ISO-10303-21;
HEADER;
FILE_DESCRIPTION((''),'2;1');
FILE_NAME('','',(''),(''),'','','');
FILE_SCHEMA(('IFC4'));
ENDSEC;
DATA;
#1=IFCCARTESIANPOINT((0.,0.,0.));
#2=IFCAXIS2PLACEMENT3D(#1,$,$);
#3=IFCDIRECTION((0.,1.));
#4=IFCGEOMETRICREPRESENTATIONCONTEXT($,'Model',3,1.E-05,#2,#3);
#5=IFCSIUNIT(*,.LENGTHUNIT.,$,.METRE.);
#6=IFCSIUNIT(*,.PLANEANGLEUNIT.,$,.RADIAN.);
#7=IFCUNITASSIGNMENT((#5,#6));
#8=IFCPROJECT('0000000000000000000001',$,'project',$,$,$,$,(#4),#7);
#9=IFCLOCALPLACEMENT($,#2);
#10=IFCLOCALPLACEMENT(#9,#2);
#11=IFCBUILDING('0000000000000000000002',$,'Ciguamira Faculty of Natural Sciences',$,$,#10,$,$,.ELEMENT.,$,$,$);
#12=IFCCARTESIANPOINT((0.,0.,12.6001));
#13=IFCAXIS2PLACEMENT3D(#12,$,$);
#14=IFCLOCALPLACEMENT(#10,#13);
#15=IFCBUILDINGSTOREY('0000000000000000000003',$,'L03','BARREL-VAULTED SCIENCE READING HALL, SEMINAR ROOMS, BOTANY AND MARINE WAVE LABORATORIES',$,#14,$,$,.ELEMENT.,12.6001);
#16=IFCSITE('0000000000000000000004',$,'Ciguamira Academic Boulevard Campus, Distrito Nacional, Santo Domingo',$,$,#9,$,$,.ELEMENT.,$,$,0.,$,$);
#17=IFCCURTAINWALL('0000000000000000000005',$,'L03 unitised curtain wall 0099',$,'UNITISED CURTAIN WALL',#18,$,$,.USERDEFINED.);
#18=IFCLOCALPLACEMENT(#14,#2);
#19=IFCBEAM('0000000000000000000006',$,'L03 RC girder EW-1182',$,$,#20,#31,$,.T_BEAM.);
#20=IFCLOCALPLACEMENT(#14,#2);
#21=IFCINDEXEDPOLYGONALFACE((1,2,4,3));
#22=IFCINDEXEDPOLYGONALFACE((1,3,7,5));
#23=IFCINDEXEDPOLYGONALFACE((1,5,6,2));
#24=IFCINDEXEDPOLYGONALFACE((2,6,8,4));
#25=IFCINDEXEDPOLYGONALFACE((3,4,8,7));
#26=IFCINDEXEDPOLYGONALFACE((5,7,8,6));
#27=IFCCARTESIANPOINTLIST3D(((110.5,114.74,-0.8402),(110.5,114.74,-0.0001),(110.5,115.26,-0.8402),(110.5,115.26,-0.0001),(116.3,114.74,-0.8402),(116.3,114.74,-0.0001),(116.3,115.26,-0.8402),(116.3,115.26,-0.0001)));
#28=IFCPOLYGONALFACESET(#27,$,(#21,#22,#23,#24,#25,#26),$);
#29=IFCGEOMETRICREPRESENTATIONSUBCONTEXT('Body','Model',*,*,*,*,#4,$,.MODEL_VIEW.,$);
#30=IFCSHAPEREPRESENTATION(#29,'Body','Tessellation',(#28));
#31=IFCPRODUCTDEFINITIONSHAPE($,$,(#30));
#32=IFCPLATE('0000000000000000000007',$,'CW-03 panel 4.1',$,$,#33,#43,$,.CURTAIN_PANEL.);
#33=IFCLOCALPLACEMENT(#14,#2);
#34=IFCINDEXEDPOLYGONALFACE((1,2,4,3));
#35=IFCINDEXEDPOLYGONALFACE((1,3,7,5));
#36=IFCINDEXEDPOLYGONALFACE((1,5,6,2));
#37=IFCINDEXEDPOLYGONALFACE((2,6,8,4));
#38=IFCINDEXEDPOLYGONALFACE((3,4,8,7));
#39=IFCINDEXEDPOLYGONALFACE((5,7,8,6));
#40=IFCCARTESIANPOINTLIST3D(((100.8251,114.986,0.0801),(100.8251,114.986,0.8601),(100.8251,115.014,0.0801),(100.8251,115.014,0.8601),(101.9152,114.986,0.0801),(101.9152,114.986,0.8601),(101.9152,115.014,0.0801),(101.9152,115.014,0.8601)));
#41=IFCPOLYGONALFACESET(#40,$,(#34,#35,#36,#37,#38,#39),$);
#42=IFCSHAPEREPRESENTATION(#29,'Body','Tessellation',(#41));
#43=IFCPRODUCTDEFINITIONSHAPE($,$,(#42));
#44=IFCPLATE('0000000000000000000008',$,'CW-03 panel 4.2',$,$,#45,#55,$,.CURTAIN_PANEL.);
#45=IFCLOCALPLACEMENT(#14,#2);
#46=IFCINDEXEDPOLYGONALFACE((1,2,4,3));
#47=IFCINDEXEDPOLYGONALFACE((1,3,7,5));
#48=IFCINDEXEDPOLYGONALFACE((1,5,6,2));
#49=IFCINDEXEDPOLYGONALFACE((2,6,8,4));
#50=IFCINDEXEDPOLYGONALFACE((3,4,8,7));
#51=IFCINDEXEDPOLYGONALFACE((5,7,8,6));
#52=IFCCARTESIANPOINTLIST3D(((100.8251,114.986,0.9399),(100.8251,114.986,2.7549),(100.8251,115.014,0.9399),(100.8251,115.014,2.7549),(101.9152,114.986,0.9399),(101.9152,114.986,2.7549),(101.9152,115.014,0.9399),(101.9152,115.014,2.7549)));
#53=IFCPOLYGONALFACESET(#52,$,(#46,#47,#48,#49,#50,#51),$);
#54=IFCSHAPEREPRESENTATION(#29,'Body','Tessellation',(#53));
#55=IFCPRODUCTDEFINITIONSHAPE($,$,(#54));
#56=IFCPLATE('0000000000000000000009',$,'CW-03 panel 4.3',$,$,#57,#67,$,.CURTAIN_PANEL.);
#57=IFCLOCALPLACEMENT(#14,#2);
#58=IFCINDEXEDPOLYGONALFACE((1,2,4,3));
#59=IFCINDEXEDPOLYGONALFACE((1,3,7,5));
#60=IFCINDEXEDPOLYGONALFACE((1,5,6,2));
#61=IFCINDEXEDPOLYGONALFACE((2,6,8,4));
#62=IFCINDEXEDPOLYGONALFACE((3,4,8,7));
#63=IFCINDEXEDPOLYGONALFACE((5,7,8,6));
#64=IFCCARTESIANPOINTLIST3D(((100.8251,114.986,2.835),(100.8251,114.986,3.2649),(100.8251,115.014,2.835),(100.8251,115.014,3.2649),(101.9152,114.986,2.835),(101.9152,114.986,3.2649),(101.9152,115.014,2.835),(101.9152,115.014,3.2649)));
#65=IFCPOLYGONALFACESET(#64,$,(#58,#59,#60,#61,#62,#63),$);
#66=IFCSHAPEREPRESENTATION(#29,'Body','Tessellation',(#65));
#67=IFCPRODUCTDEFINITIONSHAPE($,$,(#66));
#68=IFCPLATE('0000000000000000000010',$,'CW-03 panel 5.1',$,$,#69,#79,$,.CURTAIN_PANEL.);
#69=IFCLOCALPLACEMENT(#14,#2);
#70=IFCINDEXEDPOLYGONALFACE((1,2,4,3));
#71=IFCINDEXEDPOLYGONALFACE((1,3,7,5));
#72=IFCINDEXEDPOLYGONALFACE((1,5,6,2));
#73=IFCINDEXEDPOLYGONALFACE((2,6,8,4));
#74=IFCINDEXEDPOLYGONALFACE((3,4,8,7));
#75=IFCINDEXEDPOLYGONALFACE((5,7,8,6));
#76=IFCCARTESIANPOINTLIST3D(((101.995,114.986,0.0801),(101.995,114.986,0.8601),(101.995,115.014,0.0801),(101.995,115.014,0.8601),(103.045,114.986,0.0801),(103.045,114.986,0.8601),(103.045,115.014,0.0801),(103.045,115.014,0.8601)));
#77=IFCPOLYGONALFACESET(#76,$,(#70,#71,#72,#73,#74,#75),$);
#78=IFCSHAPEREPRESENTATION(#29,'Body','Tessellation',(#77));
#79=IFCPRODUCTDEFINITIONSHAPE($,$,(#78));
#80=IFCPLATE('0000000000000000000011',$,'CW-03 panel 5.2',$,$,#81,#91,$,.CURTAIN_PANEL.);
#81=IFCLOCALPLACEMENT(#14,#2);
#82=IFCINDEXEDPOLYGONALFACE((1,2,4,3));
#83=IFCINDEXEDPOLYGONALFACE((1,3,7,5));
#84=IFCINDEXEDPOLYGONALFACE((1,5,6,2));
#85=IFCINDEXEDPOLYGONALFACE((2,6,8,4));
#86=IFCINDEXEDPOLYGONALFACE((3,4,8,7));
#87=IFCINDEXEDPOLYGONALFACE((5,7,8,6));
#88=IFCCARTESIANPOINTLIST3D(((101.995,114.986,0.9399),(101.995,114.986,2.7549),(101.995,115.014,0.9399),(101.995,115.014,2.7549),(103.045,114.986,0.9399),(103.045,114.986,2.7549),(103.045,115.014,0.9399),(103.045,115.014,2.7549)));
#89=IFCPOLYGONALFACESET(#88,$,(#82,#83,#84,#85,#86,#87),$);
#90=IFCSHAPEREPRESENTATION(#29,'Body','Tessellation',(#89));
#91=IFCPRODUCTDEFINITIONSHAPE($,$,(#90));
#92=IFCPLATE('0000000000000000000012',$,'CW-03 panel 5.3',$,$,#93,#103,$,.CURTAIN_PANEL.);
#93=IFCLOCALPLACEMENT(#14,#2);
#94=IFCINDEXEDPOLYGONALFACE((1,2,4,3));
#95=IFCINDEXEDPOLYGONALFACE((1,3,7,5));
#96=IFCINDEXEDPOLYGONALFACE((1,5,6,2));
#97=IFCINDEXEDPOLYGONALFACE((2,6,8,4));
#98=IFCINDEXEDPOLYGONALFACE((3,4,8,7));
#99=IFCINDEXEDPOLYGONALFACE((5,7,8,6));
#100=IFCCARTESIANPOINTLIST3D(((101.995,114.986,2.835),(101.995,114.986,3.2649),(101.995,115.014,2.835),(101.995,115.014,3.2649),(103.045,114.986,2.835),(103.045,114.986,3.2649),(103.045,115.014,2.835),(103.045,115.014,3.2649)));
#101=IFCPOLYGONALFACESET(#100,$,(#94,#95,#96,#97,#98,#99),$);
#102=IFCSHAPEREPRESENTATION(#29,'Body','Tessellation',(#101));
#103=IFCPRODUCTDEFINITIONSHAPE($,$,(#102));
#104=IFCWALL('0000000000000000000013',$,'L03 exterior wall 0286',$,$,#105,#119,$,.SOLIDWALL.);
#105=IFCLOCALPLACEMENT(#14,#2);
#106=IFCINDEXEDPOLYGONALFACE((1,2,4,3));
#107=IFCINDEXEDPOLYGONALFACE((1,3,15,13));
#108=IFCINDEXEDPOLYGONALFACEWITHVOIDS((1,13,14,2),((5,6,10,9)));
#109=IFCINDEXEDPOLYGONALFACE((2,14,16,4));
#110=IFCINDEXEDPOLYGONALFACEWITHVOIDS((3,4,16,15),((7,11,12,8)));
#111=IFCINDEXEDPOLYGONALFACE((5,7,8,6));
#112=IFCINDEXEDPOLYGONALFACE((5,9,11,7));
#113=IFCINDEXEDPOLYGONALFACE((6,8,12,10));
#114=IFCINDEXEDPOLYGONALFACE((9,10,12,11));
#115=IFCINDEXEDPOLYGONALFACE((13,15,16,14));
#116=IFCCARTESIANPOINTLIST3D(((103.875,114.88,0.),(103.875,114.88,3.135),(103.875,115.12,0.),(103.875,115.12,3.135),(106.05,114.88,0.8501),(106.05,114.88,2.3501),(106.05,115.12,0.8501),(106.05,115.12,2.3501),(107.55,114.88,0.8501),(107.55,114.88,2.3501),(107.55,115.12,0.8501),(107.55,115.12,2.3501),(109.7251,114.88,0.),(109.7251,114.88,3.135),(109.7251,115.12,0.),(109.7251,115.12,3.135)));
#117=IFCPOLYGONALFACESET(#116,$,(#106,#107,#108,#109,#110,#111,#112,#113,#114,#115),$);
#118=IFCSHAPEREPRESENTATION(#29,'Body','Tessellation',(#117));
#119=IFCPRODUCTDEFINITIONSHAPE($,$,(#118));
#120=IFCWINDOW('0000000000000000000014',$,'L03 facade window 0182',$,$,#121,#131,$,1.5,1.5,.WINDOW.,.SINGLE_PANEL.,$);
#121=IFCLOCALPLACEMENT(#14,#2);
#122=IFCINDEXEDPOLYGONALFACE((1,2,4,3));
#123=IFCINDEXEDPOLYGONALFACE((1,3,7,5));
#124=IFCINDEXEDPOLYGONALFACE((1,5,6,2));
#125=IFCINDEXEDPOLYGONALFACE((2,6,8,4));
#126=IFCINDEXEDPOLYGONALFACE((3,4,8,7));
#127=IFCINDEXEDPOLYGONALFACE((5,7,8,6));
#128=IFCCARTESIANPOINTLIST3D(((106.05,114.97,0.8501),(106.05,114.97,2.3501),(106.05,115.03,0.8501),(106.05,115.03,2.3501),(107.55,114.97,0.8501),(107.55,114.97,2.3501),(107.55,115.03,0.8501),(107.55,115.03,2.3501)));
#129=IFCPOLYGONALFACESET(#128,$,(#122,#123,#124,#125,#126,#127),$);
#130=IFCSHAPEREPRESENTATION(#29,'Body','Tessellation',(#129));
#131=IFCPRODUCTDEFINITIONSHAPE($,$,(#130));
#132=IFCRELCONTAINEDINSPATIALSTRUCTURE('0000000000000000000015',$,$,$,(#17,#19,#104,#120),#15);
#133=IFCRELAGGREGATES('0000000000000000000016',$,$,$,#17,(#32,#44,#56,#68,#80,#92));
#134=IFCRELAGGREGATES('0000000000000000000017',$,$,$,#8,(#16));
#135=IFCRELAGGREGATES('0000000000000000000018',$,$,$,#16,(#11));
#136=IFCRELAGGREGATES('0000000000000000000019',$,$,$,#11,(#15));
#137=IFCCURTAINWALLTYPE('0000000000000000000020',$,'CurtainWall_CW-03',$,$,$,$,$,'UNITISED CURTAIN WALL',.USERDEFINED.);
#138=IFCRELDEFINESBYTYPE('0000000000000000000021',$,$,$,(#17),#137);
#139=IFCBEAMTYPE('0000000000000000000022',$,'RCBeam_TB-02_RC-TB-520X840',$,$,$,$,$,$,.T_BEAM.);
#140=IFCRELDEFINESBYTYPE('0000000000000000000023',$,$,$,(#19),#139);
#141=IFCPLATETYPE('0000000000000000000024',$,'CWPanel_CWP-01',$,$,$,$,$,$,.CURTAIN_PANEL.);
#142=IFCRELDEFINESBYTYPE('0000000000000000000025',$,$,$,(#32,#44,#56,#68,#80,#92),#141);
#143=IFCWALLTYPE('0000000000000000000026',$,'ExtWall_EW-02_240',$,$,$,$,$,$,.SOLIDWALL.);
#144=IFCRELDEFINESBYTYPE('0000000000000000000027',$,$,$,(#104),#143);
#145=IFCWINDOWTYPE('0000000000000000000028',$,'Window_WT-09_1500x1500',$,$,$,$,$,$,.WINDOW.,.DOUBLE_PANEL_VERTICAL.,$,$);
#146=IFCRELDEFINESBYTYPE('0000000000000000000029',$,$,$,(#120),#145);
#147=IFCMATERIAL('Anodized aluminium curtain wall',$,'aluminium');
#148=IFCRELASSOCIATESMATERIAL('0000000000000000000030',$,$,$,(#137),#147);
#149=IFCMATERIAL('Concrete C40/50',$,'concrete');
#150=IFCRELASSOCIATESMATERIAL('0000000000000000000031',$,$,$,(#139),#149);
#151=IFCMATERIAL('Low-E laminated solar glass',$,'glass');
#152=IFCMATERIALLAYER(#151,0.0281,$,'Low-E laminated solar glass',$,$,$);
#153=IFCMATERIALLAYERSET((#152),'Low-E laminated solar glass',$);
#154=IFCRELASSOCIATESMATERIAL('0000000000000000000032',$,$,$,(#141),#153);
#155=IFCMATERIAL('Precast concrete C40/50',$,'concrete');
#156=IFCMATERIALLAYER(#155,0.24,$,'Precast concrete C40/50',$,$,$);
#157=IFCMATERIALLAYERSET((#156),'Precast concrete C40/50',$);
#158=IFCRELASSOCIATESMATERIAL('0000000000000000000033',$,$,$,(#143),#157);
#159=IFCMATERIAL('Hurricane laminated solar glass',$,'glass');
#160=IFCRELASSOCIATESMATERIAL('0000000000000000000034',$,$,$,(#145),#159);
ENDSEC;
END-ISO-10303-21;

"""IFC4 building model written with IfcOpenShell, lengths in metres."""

from ifc_helpers import new_model, si_unit, direction, frame, frame_2d, origin, origin_2d, place, context, subcontext, project, spatial, rectangle, extrude, material, layer, layer_set, material_profile, profile_set, type_object, element, fill, aggregate, save


model = new_model("IFC4")

# Units and contexts
model_context = context("Model", 3, precision=1e-05, world=origin(), true_north=direction((0.0, 1.0)))
body_context = subcontext(model_context, "Body", "Model", "MODEL_VIEW")
ifc_project = project(units=[si_unit("LENGTHUNIT", "METRE"), si_unit("PLANEANGLEUNIT", "RADIAN")], contexts=[model_context])

# Site, building, storey
site_placement = place(None, origin())
site = spatial("IfcSite", under=ifc_project, at=site_placement, Name="Ciguamira Academic Boulevard Campus, Distrito Nacional, Santo Domingo", CompositionType="ELEMENT", RefElevation=0.0)
building_placement = place(site_placement, origin())
building = spatial("IfcBuilding", under=site, at=building_placement, Name="Ciguamira Faculty of Natural Sciences", CompositionType="ELEMENT")
storey_placement = place(building_placement, frame((0.0, 0.0, 12.6001)))
storey = spatial("IfcBuildingStorey", under=building, at=storey_placement, Name="L03", Description="BARREL-VAULTED SCIENCE READING HALL, SEMINAR ROOMS, BOTANY AND MARINE WAVE LABORATORIES", CompositionType="ELEMENT", Elevation=12.6001)

# Curtain wall
ifc_material_1 = material(Name="Anodized aluminium curtain wall", Category="aluminium")
curtain_wall_type = type_object("IfcCurtainWallType", Name="CurtainWall_CW-03", ElementType="UNITISED CURTAIN WALL", PredefinedType="USERDEFINED", material=ifc_material_1)
curtain_wall_placement = place(storey_placement, origin())
curtain_wall = element("IfcCurtainWall", 1, at=curtain_wall_placement, inside=storey, type_object=curtain_wall_type, Name="L03 unitised curtain wall 0099", ObjectType="UNITISED CURTAIN WALL", PredefinedType="USERDEFINED")

# Beam
ifc_material_2 = material(Name="Concrete C40/50", Category="concrete")
ifc_material_profile_1 = material_profile(ifc_material_2, rectangle(XDim=0.52, YDim=0.8401, at=origin_2d()), Name="RC-TB-520X840")
ifc_profile_set_1 = profile_set([ifc_material_profile_1], Name="Concrete C40/50")
beam_type = type_object("IfcBeamType", Name="RCBeam_TB-02_RC-TB-520X840", PredefinedType="T_BEAM", material=ifc_profile_set_1)
for number, where, z_axis, x_axis, name in (
    (2, (110.5, 115.0, -0.4202), (1.0, 0.0, 0.0), (0.0, 1.0, 0.0), "L03 RC girder EW-1182"),
):
    element("IfcBeam", number, at=place(storey_placement, frame(where, z_axis=z_axis, x_axis=x_axis)), inside=storey, type_object=beam_type, Name=name, PredefinedType="T_BEAM", context=body_context, shape_type="SweptSolid", body=[
        extrude(rectangle(XDim=0.52, YDim=0.8401, at=origin_2d()), origin(), (0.0, 0.0, 1.0), 5.8),
    ])

# Plates
ifc_material_3 = material(Name="Low-E laminated solar glass", Category="glass")
ifc_layer_1 = layer(ifc_material_3, 0.0281, Name="Low-E laminated solar glass")
ifc_layer_set_1 = layer_set([ifc_layer_1], Name="Low-E laminated solar glass")
plate_type = type_object("IfcPlateType", Name="CWPanel_CWP-01", PredefinedType="CURTAIN_PANEL", material=ifc_layer_set_1)
plate_1_placement = place(storey_placement, frame((101.3701, 115.0, 0.0801), z_axis=(0.0, 0.0, 1.0), x_axis=(1.0, 0.0, 0.0)))
plate_1 = element("IfcPlate", 3, at=plate_1_placement, type_object=plate_type, Name="CW-03 panel 4.1", PredefinedType="CURTAIN_PANEL", context=body_context, shape_type="SweptSolid", body=[
    extrude(rectangle(XDim=1.0901, YDim=0.0281, at=origin_2d()), origin(), (0.0, 0.0, 1.0), 0.78),
])
plate_2_placement = place(storey_placement, frame((101.3701, 115.0, 0.9399), z_axis=(0.0, 0.0, 1.0), x_axis=(1.0, 0.0, 0.0)))
plate_2 = element("IfcPlate", 4, at=plate_2_placement, type_object=plate_type, Name="CW-03 panel 4.2", PredefinedType="CURTAIN_PANEL", context=body_context, shape_type="SweptSolid", body=[
    extrude(rectangle(XDim=1.0901, YDim=0.0281, at=origin_2d()), origin(), (0.0, 0.0, 1.0), 1.8149),
])
plate_3_placement = place(storey_placement, frame((101.3701, 115.0, 2.835), z_axis=(0.0, 0.0, 1.0), x_axis=(1.0, 0.0, 0.0)))
plate_3 = element("IfcPlate", 5, at=plate_3_placement, type_object=plate_type, Name="CW-03 panel 4.3", PredefinedType="CURTAIN_PANEL", context=body_context, shape_type="SweptSolid", body=[
    extrude(rectangle(XDim=1.0901, YDim=0.0281, at=origin_2d()), origin(), (0.0, 0.0, 1.0), 0.4299),
])
plate_4_placement = place(storey_placement, frame((102.52, 115.0, 0.0801), z_axis=(0.0, 0.0, 1.0), x_axis=(1.0, 0.0, 0.0)))
plate_4 = element("IfcPlate", 6, at=plate_4_placement, type_object=plate_type, Name="CW-03 panel 5.1", PredefinedType="CURTAIN_PANEL", context=body_context, shape_type="SweptSolid", body=[
    extrude(rectangle(XDim=1.05, YDim=0.0281, at=origin_2d()), origin(), (0.0, 0.0, 1.0), 0.78),
])
plate_5_placement = place(storey_placement, frame((102.52, 115.0, 0.9399), z_axis=(0.0, 0.0, 1.0), x_axis=(1.0, 0.0, 0.0)))
plate_5 = element("IfcPlate", 7, at=plate_5_placement, type_object=plate_type, Name="CW-03 panel 5.2", PredefinedType="CURTAIN_PANEL", context=body_context, shape_type="SweptSolid", body=[
    extrude(rectangle(XDim=1.05, YDim=0.0281, at=origin_2d()), origin(), (0.0, 0.0, 1.0), 1.8149),
])
plate_6_placement = place(storey_placement, frame((102.52, 115.0, 2.835), z_axis=(0.0, 0.0, 1.0), x_axis=(1.0, 0.0, 0.0)))
plate_6 = element("IfcPlate", 8, at=plate_6_placement, type_object=plate_type, Name="CW-03 panel 5.3", PredefinedType="CURTAIN_PANEL", context=body_context, shape_type="SweptSolid", body=[
    extrude(rectangle(XDim=1.05, YDim=0.0281, at=origin_2d()), origin(), (0.0, 0.0, 1.0), 0.4299),
])
aggregate(curtain_wall, [plate_1, plate_2, plate_3, plate_4, plate_5, plate_6])

# Wall, opening, window
ifc_material_4 = material(Name="Precast concrete C40/50", Category="concrete")
ifc_layer_2 = layer(ifc_material_4, 0.24, Name="Precast concrete C40/50")
ifc_layer_set_2 = layer_set([ifc_layer_2], Name="Precast concrete C40/50")
wall_type = type_object("IfcWallType", Name="ExtWall_EW-02_240", PredefinedType="SOLIDWALL", material=ifc_layer_set_2)
wall_placement = place(storey_placement, frame((103.875, 115.0, 0.0), z_axis=(0.0, 0.0, 1.0), x_axis=(1.0, 0.0, 0.0)))
wall = element("IfcWall", 9, at=wall_placement, inside=storey, type_object=wall_type, Name="L03 exterior wall 0286", PredefinedType="SOLIDWALL", context=body_context, shape_type="SweptSolid", body=[
    extrude(rectangle(XDim=5.8501, YDim=0.24, at=frame_2d((2.925, 0.0))), origin(), (0.0, 0.0, 1.0), 3.135),
])
opening_placement = place(wall_placement, frame((2.175, 0.0, 0.8501)))
opening = element("IfcOpeningElement", 10, at=opening_placement, cuts=wall, PredefinedType="OPENING", context=body_context, shape_type="SweptSolid", body=[
    extrude(rectangle(XDim=1.5, YDim=1.5, at=frame_2d((0.75, 0.75))), frame((0.0, 0.1299, 0.0), z_axis=(0.0, -1.0, 0.0), x_axis=(1.0, 0.0, 0.0)), (0.0, 0.0, 1.0), 0.26),
])
ifc_material_5 = material(Name="Hurricane laminated solar glass", Category="glass")
window_type = type_object("IfcWindowType", Name="Window_WT-09_1500x1500", PartitioningType="DOUBLE_PANEL_VERTICAL", PredefinedType="WINDOW", material=ifc_material_5)
window_placement = place(opening_placement, origin())
window = element("IfcWindow", 11, at=window_placement, inside=storey, type_object=window_type, Name="L03 facade window 0182", OverallHeight=1.5, OverallWidth=1.5, PartitioningType="SINGLE_PANEL", PredefinedType="WINDOW", context=body_context, shape_type="SweptSolid", body=[
    extrude(rectangle(XDim=1.5, YDim=1.5, at=frame_2d((0.75, 0.75))), frame((0.0, 0.03, 0.0), z_axis=(0.0, -1.0, 0.0), x_axis=(1.0, 0.0, 0.0)), (0.0, 0.0, 1.0), 0.0601),
])
fill(opening, window)

save(model, "model.ifc")
